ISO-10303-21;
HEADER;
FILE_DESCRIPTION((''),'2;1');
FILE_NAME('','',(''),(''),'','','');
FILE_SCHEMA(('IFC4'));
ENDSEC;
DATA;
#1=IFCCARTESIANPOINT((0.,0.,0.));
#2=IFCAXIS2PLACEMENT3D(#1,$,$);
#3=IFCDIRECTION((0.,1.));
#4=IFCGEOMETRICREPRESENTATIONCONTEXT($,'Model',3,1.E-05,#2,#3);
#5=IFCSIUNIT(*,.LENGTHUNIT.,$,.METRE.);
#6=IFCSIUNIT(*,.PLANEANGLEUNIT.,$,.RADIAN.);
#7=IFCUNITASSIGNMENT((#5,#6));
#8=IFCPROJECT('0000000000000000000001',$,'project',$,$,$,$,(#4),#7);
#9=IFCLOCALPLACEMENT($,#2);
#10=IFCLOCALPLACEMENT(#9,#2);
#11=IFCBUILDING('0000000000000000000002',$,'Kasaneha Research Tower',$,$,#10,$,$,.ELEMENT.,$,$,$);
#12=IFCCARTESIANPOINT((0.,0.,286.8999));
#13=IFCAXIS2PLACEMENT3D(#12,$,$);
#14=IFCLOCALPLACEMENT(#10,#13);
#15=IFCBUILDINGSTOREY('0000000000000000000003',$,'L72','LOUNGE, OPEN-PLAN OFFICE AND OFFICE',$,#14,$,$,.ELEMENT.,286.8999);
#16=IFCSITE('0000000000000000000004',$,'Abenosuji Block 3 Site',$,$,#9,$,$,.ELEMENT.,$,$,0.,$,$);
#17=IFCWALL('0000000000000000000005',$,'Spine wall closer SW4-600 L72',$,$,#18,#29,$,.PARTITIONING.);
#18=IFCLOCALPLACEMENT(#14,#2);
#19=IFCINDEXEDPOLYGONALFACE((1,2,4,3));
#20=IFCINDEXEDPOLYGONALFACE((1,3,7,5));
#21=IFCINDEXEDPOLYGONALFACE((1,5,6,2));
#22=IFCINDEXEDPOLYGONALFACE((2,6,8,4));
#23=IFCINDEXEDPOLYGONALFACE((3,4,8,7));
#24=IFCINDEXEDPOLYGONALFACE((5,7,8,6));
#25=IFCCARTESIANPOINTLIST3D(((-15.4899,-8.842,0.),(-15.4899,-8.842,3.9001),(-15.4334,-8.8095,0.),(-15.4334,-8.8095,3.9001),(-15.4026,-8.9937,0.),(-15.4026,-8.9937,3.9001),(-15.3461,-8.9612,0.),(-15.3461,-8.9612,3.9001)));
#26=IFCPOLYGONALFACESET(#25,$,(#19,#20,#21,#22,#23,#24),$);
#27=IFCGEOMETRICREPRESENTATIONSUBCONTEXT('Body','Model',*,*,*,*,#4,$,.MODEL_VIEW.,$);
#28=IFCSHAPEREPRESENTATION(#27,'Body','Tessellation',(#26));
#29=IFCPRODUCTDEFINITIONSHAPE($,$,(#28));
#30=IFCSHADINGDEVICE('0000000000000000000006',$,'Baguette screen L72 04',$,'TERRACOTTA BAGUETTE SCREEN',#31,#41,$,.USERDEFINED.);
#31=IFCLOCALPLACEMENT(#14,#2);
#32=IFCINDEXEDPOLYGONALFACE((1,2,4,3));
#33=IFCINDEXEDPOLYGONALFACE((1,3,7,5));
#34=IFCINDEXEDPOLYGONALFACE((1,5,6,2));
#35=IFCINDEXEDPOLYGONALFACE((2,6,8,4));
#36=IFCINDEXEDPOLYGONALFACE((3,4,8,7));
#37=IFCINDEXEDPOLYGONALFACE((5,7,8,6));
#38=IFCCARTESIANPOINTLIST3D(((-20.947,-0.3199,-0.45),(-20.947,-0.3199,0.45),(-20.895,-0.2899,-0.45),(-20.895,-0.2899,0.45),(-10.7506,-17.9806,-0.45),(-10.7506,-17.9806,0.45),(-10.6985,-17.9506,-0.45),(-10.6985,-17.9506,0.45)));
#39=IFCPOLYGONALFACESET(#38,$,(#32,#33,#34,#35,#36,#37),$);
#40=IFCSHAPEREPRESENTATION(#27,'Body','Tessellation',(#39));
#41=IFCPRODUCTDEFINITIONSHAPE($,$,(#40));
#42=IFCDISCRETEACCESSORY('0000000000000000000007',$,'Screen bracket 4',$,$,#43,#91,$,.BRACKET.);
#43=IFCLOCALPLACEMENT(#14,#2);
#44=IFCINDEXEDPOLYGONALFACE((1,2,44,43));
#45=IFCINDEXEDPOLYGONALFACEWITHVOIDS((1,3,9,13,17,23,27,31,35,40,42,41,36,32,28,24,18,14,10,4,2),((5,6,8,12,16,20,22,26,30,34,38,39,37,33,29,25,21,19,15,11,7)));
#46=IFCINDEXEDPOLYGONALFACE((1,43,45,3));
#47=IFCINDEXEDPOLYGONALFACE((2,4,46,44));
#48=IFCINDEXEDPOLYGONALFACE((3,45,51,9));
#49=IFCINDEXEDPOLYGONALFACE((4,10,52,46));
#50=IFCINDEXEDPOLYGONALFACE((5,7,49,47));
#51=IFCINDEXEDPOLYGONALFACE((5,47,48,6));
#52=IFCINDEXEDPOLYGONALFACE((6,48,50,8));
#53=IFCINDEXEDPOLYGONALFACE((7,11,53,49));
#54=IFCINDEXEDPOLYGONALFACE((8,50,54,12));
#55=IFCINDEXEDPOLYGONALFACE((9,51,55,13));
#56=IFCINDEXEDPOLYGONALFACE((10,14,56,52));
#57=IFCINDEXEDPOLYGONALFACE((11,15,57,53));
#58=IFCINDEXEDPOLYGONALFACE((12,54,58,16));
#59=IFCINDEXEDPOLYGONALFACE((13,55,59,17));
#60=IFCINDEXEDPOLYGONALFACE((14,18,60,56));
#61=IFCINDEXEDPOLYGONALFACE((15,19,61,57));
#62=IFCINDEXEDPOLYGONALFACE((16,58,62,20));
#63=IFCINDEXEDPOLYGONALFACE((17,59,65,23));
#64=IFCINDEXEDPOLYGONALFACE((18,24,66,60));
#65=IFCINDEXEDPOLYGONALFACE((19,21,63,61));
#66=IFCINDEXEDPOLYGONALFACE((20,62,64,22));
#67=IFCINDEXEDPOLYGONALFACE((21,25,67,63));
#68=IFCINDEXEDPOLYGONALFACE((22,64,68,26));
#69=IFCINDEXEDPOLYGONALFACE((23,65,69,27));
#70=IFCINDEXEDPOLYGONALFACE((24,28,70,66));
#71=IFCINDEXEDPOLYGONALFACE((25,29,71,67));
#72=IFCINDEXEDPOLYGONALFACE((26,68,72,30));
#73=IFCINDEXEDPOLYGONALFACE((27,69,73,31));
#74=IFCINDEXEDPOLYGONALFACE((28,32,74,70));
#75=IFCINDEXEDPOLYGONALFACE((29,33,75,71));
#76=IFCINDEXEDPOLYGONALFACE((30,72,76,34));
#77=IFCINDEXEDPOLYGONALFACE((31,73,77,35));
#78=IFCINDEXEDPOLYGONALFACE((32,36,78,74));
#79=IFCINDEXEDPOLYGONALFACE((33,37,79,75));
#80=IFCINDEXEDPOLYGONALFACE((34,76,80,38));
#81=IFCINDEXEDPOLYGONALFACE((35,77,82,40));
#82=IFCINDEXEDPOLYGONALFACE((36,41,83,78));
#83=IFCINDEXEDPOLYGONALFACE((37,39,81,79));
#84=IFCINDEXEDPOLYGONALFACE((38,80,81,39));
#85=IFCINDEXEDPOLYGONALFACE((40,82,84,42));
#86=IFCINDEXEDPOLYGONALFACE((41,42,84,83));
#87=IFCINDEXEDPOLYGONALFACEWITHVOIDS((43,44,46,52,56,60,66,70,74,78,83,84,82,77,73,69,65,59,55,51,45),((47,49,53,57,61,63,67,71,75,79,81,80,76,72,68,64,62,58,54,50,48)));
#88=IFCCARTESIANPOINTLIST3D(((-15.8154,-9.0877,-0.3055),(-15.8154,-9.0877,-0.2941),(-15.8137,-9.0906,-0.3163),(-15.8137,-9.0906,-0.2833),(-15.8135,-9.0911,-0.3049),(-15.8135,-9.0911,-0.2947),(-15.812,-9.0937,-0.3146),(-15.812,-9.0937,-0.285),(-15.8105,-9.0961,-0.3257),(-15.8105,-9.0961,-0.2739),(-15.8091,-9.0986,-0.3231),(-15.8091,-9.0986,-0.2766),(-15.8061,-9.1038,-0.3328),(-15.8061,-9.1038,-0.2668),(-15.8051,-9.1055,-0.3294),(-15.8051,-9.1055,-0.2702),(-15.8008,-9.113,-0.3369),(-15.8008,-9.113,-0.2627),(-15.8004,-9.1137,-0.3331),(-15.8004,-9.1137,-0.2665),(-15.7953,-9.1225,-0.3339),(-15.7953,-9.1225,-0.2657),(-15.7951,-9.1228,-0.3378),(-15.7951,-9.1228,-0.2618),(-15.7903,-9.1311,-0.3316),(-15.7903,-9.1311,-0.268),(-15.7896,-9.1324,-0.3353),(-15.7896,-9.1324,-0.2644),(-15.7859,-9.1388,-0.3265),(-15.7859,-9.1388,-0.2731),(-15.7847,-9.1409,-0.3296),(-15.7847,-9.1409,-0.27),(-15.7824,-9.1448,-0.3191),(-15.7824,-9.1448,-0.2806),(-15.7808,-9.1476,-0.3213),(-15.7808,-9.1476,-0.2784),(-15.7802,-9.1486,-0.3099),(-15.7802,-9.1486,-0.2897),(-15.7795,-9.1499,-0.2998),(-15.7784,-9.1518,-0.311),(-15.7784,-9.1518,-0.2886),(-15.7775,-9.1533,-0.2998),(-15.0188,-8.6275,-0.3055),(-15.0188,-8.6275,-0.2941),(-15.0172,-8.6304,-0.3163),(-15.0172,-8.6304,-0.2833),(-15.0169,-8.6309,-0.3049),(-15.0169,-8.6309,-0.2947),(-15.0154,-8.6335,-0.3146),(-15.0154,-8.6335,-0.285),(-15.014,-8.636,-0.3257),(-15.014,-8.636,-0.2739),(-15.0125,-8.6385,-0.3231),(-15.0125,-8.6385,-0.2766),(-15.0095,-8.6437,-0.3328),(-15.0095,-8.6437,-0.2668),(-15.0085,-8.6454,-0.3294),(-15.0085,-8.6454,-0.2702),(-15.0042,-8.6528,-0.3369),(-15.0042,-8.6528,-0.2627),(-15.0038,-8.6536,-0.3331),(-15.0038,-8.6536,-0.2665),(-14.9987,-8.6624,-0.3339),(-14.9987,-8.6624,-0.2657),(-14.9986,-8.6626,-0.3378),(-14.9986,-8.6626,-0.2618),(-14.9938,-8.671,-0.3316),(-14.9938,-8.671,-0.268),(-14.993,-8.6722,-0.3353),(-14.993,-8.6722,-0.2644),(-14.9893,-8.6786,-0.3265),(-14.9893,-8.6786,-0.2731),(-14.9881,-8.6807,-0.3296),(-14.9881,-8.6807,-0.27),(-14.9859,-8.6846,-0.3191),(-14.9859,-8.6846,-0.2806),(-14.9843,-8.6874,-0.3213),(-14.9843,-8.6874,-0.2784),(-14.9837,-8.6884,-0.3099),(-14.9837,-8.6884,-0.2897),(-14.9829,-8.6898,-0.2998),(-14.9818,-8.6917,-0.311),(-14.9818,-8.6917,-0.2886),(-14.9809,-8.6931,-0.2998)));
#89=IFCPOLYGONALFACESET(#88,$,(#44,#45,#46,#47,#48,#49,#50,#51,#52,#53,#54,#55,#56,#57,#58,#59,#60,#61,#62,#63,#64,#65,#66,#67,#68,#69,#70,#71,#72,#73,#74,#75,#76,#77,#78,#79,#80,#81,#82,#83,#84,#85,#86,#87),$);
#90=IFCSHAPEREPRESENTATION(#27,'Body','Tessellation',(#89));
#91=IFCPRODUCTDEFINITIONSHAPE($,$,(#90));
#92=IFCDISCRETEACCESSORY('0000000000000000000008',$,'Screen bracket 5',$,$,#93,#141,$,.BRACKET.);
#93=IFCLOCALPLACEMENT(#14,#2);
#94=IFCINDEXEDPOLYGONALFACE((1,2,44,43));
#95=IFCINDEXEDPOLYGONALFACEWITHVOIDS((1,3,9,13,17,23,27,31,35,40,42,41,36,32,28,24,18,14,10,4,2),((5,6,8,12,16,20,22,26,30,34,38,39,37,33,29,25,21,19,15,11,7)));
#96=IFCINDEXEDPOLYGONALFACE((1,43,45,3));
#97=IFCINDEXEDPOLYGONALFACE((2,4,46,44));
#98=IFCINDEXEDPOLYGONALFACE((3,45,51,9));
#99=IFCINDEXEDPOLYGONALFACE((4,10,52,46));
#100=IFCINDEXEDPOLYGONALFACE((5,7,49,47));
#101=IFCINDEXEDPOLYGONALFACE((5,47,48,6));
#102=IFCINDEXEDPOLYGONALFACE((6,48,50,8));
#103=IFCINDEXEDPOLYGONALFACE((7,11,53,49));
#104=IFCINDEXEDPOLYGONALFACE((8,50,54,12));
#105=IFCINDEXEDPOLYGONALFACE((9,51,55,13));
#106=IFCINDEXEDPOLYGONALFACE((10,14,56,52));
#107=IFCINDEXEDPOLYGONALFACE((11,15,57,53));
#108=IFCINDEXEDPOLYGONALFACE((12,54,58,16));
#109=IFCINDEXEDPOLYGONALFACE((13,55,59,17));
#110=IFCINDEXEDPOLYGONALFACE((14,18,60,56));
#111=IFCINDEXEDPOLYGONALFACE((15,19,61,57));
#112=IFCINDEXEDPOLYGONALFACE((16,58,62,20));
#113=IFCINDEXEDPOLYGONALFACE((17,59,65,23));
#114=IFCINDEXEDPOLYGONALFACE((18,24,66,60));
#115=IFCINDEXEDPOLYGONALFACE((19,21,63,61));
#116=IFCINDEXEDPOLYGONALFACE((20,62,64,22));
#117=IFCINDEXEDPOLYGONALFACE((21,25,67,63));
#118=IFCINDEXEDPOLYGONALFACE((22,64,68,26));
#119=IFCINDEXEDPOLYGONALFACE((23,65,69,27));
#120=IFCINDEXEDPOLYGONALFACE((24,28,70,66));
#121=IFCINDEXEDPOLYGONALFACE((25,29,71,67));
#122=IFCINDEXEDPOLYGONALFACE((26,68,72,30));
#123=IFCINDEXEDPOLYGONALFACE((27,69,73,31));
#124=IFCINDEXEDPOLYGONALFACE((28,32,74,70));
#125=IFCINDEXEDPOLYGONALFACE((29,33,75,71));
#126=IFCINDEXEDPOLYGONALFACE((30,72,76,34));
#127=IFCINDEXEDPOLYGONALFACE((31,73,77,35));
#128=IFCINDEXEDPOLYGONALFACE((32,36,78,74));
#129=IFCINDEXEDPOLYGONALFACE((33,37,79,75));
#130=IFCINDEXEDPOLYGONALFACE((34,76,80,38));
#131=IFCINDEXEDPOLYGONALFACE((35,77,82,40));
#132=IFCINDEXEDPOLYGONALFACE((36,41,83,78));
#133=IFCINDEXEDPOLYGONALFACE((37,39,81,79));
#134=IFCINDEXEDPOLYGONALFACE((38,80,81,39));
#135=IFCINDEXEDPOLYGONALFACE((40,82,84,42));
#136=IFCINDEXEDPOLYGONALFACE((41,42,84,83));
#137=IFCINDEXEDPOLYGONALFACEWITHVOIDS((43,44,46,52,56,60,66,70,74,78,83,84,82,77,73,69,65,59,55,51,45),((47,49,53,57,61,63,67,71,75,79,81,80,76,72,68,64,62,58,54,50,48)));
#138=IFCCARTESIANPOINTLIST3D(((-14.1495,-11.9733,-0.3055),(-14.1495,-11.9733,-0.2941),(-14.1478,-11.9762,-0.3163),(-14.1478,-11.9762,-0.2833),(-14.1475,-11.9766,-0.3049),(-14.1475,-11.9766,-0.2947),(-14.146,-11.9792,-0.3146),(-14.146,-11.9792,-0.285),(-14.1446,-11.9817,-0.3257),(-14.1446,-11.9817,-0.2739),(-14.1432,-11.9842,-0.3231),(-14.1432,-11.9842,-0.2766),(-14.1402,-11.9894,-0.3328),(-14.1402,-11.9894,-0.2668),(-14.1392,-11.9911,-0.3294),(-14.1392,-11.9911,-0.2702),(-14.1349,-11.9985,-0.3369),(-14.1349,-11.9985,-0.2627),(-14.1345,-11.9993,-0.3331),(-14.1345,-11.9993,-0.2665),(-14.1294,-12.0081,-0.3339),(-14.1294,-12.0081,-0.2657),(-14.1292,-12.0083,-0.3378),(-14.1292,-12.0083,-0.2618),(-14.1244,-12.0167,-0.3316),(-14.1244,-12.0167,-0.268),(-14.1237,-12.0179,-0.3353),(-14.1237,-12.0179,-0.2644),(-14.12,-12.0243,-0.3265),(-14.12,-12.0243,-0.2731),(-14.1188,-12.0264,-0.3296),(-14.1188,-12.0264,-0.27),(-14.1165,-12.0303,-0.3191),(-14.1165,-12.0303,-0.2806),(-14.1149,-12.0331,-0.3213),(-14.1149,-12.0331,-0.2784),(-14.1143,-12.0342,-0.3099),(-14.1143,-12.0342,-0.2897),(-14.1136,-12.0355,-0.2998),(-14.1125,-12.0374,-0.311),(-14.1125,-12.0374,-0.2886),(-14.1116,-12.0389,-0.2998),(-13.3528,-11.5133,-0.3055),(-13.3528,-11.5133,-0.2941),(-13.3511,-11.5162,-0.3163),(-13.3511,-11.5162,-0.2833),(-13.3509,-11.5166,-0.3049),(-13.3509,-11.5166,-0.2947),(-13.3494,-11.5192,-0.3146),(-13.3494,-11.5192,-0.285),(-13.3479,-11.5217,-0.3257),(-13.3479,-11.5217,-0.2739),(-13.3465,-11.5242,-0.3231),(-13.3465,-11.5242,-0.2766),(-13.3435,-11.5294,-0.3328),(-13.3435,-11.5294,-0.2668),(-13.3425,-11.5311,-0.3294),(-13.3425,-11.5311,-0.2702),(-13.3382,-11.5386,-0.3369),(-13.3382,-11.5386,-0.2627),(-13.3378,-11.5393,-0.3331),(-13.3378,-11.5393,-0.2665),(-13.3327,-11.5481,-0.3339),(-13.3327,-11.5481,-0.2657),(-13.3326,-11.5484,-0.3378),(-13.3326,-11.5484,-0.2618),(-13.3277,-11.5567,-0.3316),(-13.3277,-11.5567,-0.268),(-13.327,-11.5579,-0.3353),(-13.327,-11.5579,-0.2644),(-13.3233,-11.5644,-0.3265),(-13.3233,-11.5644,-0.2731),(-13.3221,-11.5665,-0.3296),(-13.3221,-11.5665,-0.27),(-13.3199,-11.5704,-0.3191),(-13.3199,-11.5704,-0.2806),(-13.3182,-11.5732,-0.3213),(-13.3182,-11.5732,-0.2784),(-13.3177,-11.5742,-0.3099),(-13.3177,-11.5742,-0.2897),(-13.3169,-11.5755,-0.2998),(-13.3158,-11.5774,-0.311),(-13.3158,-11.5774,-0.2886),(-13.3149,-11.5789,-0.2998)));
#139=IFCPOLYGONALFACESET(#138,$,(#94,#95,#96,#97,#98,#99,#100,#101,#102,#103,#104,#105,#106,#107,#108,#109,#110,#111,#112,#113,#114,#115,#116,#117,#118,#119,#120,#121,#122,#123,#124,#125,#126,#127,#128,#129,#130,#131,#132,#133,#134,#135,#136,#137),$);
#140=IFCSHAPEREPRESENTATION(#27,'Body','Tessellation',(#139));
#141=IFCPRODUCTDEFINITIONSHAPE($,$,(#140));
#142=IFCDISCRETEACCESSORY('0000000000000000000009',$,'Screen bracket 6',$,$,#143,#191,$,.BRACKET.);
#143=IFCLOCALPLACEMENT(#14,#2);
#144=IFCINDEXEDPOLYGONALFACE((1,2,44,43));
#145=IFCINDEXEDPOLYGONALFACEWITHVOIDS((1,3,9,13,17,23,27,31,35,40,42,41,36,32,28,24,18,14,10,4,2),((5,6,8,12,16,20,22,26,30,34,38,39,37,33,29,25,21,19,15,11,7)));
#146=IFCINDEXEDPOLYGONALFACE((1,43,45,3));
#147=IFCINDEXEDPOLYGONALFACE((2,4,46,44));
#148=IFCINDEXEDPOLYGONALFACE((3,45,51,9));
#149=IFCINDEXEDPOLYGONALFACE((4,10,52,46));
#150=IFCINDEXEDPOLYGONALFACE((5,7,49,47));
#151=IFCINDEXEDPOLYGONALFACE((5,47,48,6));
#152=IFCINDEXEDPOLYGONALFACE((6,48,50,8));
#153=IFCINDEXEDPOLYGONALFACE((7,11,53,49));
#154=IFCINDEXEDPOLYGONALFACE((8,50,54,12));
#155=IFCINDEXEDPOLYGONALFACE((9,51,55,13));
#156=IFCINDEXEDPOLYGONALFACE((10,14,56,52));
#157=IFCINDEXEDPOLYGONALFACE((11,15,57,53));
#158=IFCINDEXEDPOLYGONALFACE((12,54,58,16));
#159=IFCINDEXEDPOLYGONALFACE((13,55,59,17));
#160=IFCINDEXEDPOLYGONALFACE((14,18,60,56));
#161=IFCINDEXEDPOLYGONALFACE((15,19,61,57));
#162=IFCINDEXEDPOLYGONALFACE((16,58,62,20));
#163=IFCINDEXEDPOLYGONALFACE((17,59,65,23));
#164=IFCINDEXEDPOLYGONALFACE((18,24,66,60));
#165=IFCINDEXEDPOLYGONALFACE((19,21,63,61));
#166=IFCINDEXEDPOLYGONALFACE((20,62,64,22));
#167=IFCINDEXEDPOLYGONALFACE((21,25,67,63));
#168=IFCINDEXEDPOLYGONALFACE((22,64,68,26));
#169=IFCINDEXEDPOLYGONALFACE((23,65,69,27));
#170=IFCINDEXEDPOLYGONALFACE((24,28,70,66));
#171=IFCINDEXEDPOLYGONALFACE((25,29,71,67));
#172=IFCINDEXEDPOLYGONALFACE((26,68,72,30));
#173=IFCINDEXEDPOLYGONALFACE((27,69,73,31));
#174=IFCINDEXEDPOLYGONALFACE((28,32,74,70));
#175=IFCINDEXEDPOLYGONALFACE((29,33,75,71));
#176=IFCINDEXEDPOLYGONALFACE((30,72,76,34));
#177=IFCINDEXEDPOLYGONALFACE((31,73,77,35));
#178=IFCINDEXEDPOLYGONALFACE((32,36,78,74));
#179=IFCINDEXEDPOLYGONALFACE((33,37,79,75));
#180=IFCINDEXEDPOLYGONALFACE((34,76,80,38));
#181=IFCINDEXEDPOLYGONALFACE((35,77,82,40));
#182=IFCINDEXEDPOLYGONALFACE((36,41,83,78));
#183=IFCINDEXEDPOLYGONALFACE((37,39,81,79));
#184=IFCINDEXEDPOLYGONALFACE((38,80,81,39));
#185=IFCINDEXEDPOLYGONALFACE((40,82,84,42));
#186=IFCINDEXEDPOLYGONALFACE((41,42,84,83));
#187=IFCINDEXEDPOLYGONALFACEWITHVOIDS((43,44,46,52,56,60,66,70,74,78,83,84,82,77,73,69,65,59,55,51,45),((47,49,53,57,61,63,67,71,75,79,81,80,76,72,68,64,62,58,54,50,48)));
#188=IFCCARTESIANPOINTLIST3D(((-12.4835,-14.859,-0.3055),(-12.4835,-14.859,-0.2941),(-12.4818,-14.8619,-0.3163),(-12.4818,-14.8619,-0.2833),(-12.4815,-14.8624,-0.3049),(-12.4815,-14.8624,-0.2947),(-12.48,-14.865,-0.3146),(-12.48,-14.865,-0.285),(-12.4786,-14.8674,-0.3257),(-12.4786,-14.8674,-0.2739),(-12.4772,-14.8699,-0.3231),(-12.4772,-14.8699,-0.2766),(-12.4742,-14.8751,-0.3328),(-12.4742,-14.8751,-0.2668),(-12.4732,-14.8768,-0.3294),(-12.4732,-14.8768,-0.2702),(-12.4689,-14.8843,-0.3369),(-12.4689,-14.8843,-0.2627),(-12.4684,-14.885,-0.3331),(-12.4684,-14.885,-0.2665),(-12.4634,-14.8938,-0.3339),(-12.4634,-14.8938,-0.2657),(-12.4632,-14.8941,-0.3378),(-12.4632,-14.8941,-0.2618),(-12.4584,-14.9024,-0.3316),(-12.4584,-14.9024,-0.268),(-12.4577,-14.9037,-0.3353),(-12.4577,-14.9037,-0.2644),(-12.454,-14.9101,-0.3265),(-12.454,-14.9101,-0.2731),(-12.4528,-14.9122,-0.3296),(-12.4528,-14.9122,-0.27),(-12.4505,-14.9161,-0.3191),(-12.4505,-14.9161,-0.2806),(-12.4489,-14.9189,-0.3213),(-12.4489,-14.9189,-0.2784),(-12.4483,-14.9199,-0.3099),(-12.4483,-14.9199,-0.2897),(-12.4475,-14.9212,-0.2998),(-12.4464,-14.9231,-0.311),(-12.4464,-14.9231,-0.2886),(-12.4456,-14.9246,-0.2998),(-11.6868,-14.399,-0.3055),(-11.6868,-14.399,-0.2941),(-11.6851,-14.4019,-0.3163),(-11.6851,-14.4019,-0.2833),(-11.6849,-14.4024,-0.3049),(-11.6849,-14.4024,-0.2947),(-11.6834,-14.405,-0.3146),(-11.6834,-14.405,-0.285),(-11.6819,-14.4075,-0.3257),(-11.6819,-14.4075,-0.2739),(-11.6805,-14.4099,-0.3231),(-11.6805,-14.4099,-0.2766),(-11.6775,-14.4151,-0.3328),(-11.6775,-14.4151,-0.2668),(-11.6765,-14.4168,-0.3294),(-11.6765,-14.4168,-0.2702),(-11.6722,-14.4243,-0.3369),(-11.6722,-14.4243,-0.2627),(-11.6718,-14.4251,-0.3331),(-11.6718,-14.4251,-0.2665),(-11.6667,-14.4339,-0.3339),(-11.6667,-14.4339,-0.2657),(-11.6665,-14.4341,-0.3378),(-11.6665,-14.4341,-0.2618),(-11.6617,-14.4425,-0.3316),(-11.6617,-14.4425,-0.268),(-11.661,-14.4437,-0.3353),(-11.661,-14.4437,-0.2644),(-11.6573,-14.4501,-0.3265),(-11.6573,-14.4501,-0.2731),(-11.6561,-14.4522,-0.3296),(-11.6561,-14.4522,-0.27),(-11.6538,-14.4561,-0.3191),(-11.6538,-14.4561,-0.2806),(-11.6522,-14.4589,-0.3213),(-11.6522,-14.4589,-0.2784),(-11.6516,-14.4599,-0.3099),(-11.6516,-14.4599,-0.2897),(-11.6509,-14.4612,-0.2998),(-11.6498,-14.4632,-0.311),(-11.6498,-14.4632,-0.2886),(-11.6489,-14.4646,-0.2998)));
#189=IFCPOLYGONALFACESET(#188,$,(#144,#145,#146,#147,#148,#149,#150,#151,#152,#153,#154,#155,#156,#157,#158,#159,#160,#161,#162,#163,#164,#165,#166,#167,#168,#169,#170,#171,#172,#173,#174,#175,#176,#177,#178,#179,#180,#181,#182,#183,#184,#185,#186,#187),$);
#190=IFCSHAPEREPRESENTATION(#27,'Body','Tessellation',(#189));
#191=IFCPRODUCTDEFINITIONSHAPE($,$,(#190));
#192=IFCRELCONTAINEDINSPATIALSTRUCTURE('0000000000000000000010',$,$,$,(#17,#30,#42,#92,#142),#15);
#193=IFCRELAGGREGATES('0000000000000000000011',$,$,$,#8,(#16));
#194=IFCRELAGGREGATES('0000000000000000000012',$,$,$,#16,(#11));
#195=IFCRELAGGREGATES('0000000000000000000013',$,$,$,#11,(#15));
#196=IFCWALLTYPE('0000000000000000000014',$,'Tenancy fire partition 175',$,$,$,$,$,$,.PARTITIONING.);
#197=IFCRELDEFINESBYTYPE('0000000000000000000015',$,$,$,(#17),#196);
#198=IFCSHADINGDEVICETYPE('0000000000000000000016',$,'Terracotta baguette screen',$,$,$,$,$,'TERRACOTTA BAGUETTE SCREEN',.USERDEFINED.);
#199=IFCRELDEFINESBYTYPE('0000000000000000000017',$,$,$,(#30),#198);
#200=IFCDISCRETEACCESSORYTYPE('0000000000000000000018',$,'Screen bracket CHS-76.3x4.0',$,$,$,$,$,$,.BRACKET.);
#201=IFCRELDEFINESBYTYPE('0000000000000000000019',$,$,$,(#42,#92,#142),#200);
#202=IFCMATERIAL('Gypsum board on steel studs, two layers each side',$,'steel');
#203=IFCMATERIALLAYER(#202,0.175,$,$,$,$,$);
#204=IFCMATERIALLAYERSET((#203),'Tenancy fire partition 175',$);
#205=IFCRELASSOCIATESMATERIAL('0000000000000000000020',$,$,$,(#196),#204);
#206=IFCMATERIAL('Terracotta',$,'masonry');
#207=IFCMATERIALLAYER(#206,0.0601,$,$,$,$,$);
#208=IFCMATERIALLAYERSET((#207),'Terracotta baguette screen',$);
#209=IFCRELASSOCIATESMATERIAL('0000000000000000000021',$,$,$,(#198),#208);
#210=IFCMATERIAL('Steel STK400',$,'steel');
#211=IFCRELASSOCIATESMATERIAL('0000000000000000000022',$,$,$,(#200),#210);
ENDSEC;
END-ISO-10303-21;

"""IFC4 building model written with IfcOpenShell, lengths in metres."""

from ifc_helpers import new_model, si_unit, direction, frame, frame_2d, origin, origin_2d, place, context, subcontext, project, spatial, rectangle, hollow_circle, extrude, material, layer, layer_set, material_profile, profile_set, type_object, element, save


model = new_model("IFC4")

# Units and contexts
model_context = context("Model", 3, precision=1e-05, world=origin(), true_north=direction((0.0, 1.0)))
body_context = subcontext(model_context, "Body", "Model", "MODEL_VIEW")
ifc_project = project(units=[si_unit("LENGTHUNIT", "METRE"), si_unit("PLANEANGLEUNIT", "RADIAN")], contexts=[model_context])

# Site, building, storey
site_placement = place(None, origin())
site = spatial("IfcSite", under=ifc_project, at=site_placement, Name="Abenosuji Block 3 Site", CompositionType="ELEMENT", RefElevation=0.0)
building_placement = place(site_placement, origin())
building = spatial("IfcBuilding", under=site, at=building_placement, Name="Kasaneha Research Tower", CompositionType="ELEMENT")
storey_placement = place(building_placement, frame((0.0, 0.0, 286.8999)))
storey = spatial("IfcBuildingStorey", under=building, at=storey_placement, Name="L72", Description="LOUNGE, OPEN-PLAN OFFICE AND OFFICE", CompositionType="ELEMENT", Elevation=286.8999)

# Wall
ifc_material_1 = material(Name="Gypsum board on steel studs, two layers each side", Category="steel")
ifc_layer_1 = layer(ifc_material_1, 0.175)
ifc_layer_set_1 = layer_set([ifc_layer_1], Name="Tenancy fire partition 175")
wall_type_1 = type_object("IfcWallType", Name="Tenancy fire partition 175", PredefinedType="PARTITIONING", material=ifc_layer_set_1)
wall_1_placement = place(storey_placement, frame((-15.3896, -8.8853, 0.0), z_axis=(0.0, 0.0, 1.0), x_axis=(-0.866622, -0.498964, 0.0)))
element("IfcWall", 1, at=wall_1_placement, inside=storey, type_object=wall_type_1, Name="Spine wall closer SW4-600 L72", PredefinedType="PARTITIONING", context=body_context, shape_type="SweptSolid", body=[
    extrude(rectangle(XDim=0.0652, YDim=0.175, at=frame_2d((0.0327, 0.0))), origin(), (0.0, 0.0, 1.0), 3.9001),
])

# Shading device
ifc_material_2 = material(Name="Terracotta", Category="masonry")
ifc_layer_2 = layer(ifc_material_2, 0.0601)
ifc_layer_set_2 = layer_set([ifc_layer_2], Name="Terracotta baguette screen")
shading_device_type = type_object("IfcShadingDeviceType", Name="Terracotta baguette screen", ElementType="TERRACOTTA BAGUETTE SCREEN", PredefinedType="USERDEFINED", material=ifc_layer_set_2)
shading_device_placement = place(storey_placement, frame((-15.8228, -9.1353, -0.45), z_axis=(0.0, 0.0, 1.0), x_axis=(0.5, -0.866025, 0.0)))
element("IfcShadingDevice", 2, at=shading_device_placement, inside=storey, type_object=shading_device_type, Name="Baguette screen L72 04", ObjectType="TERRACOTTA BAGUETTE SCREEN", PredefinedType="USERDEFINED", context=body_context, shape_type="SweptSolid", body=[
    extrude(rectangle(XDim=20.3928, YDim=0.0601, at=origin_2d()), origin(), (0.0, 0.0, 1.0), 0.8999),
])

# Discrete accessories
ifc_material_3 = material(Name="Steel STK400", Category="steel")
ifc_material_profile_1 = material_profile(ifc_material_3, hollow_circle(Radius=0.0381, WallThickness=0.0039, at=origin_2d()), Name="CHS-76.3x4.0")
ifc_profile_set_1 = profile_set([ifc_material_profile_1], Name="Steel STK400")
discrete_accessory_type = type_object("IfcDiscreteAccessoryType", Name="Screen bracket CHS-76.3x4.0", PredefinedType="BRACKET", material=ifc_profile_set_1)
for number, where, z_axis, x_axis, name in (
    (3, (-15.0, -8.6602, -0.2998), (-0.865898, -0.50022, 0.0), (0.50022, -0.865898, 0.0), "Screen bracket 4"),
    (4, (-13.334, -11.5459, -0.2998), (-0.866013, -0.500021, 0.0), (0.500021, -0.866013, 0.0), "Screen bracket 5"),
    (5, (-11.668, -14.4316, -0.2998), (-0.866013, -0.500021, 0.0), (0.500021, -0.866013, 0.0), "Screen bracket 6"),
):
    element("IfcDiscreteAccessory", number, at=place(storey_placement, frame(where, z_axis=z_axis, x_axis=x_axis)), inside=storey, type_object=discrete_accessory_type, Name=name, PredefinedType="BRACKET", context=body_context, shape_type="SweptSolid", body=[
        extrude(hollow_circle(Radius=0.0381, WallThickness=0.0039, at=origin_2d()), origin(), (0.0, 0.0, 1.0), 0.9199),
    ])

save(model, "model.ifc")
